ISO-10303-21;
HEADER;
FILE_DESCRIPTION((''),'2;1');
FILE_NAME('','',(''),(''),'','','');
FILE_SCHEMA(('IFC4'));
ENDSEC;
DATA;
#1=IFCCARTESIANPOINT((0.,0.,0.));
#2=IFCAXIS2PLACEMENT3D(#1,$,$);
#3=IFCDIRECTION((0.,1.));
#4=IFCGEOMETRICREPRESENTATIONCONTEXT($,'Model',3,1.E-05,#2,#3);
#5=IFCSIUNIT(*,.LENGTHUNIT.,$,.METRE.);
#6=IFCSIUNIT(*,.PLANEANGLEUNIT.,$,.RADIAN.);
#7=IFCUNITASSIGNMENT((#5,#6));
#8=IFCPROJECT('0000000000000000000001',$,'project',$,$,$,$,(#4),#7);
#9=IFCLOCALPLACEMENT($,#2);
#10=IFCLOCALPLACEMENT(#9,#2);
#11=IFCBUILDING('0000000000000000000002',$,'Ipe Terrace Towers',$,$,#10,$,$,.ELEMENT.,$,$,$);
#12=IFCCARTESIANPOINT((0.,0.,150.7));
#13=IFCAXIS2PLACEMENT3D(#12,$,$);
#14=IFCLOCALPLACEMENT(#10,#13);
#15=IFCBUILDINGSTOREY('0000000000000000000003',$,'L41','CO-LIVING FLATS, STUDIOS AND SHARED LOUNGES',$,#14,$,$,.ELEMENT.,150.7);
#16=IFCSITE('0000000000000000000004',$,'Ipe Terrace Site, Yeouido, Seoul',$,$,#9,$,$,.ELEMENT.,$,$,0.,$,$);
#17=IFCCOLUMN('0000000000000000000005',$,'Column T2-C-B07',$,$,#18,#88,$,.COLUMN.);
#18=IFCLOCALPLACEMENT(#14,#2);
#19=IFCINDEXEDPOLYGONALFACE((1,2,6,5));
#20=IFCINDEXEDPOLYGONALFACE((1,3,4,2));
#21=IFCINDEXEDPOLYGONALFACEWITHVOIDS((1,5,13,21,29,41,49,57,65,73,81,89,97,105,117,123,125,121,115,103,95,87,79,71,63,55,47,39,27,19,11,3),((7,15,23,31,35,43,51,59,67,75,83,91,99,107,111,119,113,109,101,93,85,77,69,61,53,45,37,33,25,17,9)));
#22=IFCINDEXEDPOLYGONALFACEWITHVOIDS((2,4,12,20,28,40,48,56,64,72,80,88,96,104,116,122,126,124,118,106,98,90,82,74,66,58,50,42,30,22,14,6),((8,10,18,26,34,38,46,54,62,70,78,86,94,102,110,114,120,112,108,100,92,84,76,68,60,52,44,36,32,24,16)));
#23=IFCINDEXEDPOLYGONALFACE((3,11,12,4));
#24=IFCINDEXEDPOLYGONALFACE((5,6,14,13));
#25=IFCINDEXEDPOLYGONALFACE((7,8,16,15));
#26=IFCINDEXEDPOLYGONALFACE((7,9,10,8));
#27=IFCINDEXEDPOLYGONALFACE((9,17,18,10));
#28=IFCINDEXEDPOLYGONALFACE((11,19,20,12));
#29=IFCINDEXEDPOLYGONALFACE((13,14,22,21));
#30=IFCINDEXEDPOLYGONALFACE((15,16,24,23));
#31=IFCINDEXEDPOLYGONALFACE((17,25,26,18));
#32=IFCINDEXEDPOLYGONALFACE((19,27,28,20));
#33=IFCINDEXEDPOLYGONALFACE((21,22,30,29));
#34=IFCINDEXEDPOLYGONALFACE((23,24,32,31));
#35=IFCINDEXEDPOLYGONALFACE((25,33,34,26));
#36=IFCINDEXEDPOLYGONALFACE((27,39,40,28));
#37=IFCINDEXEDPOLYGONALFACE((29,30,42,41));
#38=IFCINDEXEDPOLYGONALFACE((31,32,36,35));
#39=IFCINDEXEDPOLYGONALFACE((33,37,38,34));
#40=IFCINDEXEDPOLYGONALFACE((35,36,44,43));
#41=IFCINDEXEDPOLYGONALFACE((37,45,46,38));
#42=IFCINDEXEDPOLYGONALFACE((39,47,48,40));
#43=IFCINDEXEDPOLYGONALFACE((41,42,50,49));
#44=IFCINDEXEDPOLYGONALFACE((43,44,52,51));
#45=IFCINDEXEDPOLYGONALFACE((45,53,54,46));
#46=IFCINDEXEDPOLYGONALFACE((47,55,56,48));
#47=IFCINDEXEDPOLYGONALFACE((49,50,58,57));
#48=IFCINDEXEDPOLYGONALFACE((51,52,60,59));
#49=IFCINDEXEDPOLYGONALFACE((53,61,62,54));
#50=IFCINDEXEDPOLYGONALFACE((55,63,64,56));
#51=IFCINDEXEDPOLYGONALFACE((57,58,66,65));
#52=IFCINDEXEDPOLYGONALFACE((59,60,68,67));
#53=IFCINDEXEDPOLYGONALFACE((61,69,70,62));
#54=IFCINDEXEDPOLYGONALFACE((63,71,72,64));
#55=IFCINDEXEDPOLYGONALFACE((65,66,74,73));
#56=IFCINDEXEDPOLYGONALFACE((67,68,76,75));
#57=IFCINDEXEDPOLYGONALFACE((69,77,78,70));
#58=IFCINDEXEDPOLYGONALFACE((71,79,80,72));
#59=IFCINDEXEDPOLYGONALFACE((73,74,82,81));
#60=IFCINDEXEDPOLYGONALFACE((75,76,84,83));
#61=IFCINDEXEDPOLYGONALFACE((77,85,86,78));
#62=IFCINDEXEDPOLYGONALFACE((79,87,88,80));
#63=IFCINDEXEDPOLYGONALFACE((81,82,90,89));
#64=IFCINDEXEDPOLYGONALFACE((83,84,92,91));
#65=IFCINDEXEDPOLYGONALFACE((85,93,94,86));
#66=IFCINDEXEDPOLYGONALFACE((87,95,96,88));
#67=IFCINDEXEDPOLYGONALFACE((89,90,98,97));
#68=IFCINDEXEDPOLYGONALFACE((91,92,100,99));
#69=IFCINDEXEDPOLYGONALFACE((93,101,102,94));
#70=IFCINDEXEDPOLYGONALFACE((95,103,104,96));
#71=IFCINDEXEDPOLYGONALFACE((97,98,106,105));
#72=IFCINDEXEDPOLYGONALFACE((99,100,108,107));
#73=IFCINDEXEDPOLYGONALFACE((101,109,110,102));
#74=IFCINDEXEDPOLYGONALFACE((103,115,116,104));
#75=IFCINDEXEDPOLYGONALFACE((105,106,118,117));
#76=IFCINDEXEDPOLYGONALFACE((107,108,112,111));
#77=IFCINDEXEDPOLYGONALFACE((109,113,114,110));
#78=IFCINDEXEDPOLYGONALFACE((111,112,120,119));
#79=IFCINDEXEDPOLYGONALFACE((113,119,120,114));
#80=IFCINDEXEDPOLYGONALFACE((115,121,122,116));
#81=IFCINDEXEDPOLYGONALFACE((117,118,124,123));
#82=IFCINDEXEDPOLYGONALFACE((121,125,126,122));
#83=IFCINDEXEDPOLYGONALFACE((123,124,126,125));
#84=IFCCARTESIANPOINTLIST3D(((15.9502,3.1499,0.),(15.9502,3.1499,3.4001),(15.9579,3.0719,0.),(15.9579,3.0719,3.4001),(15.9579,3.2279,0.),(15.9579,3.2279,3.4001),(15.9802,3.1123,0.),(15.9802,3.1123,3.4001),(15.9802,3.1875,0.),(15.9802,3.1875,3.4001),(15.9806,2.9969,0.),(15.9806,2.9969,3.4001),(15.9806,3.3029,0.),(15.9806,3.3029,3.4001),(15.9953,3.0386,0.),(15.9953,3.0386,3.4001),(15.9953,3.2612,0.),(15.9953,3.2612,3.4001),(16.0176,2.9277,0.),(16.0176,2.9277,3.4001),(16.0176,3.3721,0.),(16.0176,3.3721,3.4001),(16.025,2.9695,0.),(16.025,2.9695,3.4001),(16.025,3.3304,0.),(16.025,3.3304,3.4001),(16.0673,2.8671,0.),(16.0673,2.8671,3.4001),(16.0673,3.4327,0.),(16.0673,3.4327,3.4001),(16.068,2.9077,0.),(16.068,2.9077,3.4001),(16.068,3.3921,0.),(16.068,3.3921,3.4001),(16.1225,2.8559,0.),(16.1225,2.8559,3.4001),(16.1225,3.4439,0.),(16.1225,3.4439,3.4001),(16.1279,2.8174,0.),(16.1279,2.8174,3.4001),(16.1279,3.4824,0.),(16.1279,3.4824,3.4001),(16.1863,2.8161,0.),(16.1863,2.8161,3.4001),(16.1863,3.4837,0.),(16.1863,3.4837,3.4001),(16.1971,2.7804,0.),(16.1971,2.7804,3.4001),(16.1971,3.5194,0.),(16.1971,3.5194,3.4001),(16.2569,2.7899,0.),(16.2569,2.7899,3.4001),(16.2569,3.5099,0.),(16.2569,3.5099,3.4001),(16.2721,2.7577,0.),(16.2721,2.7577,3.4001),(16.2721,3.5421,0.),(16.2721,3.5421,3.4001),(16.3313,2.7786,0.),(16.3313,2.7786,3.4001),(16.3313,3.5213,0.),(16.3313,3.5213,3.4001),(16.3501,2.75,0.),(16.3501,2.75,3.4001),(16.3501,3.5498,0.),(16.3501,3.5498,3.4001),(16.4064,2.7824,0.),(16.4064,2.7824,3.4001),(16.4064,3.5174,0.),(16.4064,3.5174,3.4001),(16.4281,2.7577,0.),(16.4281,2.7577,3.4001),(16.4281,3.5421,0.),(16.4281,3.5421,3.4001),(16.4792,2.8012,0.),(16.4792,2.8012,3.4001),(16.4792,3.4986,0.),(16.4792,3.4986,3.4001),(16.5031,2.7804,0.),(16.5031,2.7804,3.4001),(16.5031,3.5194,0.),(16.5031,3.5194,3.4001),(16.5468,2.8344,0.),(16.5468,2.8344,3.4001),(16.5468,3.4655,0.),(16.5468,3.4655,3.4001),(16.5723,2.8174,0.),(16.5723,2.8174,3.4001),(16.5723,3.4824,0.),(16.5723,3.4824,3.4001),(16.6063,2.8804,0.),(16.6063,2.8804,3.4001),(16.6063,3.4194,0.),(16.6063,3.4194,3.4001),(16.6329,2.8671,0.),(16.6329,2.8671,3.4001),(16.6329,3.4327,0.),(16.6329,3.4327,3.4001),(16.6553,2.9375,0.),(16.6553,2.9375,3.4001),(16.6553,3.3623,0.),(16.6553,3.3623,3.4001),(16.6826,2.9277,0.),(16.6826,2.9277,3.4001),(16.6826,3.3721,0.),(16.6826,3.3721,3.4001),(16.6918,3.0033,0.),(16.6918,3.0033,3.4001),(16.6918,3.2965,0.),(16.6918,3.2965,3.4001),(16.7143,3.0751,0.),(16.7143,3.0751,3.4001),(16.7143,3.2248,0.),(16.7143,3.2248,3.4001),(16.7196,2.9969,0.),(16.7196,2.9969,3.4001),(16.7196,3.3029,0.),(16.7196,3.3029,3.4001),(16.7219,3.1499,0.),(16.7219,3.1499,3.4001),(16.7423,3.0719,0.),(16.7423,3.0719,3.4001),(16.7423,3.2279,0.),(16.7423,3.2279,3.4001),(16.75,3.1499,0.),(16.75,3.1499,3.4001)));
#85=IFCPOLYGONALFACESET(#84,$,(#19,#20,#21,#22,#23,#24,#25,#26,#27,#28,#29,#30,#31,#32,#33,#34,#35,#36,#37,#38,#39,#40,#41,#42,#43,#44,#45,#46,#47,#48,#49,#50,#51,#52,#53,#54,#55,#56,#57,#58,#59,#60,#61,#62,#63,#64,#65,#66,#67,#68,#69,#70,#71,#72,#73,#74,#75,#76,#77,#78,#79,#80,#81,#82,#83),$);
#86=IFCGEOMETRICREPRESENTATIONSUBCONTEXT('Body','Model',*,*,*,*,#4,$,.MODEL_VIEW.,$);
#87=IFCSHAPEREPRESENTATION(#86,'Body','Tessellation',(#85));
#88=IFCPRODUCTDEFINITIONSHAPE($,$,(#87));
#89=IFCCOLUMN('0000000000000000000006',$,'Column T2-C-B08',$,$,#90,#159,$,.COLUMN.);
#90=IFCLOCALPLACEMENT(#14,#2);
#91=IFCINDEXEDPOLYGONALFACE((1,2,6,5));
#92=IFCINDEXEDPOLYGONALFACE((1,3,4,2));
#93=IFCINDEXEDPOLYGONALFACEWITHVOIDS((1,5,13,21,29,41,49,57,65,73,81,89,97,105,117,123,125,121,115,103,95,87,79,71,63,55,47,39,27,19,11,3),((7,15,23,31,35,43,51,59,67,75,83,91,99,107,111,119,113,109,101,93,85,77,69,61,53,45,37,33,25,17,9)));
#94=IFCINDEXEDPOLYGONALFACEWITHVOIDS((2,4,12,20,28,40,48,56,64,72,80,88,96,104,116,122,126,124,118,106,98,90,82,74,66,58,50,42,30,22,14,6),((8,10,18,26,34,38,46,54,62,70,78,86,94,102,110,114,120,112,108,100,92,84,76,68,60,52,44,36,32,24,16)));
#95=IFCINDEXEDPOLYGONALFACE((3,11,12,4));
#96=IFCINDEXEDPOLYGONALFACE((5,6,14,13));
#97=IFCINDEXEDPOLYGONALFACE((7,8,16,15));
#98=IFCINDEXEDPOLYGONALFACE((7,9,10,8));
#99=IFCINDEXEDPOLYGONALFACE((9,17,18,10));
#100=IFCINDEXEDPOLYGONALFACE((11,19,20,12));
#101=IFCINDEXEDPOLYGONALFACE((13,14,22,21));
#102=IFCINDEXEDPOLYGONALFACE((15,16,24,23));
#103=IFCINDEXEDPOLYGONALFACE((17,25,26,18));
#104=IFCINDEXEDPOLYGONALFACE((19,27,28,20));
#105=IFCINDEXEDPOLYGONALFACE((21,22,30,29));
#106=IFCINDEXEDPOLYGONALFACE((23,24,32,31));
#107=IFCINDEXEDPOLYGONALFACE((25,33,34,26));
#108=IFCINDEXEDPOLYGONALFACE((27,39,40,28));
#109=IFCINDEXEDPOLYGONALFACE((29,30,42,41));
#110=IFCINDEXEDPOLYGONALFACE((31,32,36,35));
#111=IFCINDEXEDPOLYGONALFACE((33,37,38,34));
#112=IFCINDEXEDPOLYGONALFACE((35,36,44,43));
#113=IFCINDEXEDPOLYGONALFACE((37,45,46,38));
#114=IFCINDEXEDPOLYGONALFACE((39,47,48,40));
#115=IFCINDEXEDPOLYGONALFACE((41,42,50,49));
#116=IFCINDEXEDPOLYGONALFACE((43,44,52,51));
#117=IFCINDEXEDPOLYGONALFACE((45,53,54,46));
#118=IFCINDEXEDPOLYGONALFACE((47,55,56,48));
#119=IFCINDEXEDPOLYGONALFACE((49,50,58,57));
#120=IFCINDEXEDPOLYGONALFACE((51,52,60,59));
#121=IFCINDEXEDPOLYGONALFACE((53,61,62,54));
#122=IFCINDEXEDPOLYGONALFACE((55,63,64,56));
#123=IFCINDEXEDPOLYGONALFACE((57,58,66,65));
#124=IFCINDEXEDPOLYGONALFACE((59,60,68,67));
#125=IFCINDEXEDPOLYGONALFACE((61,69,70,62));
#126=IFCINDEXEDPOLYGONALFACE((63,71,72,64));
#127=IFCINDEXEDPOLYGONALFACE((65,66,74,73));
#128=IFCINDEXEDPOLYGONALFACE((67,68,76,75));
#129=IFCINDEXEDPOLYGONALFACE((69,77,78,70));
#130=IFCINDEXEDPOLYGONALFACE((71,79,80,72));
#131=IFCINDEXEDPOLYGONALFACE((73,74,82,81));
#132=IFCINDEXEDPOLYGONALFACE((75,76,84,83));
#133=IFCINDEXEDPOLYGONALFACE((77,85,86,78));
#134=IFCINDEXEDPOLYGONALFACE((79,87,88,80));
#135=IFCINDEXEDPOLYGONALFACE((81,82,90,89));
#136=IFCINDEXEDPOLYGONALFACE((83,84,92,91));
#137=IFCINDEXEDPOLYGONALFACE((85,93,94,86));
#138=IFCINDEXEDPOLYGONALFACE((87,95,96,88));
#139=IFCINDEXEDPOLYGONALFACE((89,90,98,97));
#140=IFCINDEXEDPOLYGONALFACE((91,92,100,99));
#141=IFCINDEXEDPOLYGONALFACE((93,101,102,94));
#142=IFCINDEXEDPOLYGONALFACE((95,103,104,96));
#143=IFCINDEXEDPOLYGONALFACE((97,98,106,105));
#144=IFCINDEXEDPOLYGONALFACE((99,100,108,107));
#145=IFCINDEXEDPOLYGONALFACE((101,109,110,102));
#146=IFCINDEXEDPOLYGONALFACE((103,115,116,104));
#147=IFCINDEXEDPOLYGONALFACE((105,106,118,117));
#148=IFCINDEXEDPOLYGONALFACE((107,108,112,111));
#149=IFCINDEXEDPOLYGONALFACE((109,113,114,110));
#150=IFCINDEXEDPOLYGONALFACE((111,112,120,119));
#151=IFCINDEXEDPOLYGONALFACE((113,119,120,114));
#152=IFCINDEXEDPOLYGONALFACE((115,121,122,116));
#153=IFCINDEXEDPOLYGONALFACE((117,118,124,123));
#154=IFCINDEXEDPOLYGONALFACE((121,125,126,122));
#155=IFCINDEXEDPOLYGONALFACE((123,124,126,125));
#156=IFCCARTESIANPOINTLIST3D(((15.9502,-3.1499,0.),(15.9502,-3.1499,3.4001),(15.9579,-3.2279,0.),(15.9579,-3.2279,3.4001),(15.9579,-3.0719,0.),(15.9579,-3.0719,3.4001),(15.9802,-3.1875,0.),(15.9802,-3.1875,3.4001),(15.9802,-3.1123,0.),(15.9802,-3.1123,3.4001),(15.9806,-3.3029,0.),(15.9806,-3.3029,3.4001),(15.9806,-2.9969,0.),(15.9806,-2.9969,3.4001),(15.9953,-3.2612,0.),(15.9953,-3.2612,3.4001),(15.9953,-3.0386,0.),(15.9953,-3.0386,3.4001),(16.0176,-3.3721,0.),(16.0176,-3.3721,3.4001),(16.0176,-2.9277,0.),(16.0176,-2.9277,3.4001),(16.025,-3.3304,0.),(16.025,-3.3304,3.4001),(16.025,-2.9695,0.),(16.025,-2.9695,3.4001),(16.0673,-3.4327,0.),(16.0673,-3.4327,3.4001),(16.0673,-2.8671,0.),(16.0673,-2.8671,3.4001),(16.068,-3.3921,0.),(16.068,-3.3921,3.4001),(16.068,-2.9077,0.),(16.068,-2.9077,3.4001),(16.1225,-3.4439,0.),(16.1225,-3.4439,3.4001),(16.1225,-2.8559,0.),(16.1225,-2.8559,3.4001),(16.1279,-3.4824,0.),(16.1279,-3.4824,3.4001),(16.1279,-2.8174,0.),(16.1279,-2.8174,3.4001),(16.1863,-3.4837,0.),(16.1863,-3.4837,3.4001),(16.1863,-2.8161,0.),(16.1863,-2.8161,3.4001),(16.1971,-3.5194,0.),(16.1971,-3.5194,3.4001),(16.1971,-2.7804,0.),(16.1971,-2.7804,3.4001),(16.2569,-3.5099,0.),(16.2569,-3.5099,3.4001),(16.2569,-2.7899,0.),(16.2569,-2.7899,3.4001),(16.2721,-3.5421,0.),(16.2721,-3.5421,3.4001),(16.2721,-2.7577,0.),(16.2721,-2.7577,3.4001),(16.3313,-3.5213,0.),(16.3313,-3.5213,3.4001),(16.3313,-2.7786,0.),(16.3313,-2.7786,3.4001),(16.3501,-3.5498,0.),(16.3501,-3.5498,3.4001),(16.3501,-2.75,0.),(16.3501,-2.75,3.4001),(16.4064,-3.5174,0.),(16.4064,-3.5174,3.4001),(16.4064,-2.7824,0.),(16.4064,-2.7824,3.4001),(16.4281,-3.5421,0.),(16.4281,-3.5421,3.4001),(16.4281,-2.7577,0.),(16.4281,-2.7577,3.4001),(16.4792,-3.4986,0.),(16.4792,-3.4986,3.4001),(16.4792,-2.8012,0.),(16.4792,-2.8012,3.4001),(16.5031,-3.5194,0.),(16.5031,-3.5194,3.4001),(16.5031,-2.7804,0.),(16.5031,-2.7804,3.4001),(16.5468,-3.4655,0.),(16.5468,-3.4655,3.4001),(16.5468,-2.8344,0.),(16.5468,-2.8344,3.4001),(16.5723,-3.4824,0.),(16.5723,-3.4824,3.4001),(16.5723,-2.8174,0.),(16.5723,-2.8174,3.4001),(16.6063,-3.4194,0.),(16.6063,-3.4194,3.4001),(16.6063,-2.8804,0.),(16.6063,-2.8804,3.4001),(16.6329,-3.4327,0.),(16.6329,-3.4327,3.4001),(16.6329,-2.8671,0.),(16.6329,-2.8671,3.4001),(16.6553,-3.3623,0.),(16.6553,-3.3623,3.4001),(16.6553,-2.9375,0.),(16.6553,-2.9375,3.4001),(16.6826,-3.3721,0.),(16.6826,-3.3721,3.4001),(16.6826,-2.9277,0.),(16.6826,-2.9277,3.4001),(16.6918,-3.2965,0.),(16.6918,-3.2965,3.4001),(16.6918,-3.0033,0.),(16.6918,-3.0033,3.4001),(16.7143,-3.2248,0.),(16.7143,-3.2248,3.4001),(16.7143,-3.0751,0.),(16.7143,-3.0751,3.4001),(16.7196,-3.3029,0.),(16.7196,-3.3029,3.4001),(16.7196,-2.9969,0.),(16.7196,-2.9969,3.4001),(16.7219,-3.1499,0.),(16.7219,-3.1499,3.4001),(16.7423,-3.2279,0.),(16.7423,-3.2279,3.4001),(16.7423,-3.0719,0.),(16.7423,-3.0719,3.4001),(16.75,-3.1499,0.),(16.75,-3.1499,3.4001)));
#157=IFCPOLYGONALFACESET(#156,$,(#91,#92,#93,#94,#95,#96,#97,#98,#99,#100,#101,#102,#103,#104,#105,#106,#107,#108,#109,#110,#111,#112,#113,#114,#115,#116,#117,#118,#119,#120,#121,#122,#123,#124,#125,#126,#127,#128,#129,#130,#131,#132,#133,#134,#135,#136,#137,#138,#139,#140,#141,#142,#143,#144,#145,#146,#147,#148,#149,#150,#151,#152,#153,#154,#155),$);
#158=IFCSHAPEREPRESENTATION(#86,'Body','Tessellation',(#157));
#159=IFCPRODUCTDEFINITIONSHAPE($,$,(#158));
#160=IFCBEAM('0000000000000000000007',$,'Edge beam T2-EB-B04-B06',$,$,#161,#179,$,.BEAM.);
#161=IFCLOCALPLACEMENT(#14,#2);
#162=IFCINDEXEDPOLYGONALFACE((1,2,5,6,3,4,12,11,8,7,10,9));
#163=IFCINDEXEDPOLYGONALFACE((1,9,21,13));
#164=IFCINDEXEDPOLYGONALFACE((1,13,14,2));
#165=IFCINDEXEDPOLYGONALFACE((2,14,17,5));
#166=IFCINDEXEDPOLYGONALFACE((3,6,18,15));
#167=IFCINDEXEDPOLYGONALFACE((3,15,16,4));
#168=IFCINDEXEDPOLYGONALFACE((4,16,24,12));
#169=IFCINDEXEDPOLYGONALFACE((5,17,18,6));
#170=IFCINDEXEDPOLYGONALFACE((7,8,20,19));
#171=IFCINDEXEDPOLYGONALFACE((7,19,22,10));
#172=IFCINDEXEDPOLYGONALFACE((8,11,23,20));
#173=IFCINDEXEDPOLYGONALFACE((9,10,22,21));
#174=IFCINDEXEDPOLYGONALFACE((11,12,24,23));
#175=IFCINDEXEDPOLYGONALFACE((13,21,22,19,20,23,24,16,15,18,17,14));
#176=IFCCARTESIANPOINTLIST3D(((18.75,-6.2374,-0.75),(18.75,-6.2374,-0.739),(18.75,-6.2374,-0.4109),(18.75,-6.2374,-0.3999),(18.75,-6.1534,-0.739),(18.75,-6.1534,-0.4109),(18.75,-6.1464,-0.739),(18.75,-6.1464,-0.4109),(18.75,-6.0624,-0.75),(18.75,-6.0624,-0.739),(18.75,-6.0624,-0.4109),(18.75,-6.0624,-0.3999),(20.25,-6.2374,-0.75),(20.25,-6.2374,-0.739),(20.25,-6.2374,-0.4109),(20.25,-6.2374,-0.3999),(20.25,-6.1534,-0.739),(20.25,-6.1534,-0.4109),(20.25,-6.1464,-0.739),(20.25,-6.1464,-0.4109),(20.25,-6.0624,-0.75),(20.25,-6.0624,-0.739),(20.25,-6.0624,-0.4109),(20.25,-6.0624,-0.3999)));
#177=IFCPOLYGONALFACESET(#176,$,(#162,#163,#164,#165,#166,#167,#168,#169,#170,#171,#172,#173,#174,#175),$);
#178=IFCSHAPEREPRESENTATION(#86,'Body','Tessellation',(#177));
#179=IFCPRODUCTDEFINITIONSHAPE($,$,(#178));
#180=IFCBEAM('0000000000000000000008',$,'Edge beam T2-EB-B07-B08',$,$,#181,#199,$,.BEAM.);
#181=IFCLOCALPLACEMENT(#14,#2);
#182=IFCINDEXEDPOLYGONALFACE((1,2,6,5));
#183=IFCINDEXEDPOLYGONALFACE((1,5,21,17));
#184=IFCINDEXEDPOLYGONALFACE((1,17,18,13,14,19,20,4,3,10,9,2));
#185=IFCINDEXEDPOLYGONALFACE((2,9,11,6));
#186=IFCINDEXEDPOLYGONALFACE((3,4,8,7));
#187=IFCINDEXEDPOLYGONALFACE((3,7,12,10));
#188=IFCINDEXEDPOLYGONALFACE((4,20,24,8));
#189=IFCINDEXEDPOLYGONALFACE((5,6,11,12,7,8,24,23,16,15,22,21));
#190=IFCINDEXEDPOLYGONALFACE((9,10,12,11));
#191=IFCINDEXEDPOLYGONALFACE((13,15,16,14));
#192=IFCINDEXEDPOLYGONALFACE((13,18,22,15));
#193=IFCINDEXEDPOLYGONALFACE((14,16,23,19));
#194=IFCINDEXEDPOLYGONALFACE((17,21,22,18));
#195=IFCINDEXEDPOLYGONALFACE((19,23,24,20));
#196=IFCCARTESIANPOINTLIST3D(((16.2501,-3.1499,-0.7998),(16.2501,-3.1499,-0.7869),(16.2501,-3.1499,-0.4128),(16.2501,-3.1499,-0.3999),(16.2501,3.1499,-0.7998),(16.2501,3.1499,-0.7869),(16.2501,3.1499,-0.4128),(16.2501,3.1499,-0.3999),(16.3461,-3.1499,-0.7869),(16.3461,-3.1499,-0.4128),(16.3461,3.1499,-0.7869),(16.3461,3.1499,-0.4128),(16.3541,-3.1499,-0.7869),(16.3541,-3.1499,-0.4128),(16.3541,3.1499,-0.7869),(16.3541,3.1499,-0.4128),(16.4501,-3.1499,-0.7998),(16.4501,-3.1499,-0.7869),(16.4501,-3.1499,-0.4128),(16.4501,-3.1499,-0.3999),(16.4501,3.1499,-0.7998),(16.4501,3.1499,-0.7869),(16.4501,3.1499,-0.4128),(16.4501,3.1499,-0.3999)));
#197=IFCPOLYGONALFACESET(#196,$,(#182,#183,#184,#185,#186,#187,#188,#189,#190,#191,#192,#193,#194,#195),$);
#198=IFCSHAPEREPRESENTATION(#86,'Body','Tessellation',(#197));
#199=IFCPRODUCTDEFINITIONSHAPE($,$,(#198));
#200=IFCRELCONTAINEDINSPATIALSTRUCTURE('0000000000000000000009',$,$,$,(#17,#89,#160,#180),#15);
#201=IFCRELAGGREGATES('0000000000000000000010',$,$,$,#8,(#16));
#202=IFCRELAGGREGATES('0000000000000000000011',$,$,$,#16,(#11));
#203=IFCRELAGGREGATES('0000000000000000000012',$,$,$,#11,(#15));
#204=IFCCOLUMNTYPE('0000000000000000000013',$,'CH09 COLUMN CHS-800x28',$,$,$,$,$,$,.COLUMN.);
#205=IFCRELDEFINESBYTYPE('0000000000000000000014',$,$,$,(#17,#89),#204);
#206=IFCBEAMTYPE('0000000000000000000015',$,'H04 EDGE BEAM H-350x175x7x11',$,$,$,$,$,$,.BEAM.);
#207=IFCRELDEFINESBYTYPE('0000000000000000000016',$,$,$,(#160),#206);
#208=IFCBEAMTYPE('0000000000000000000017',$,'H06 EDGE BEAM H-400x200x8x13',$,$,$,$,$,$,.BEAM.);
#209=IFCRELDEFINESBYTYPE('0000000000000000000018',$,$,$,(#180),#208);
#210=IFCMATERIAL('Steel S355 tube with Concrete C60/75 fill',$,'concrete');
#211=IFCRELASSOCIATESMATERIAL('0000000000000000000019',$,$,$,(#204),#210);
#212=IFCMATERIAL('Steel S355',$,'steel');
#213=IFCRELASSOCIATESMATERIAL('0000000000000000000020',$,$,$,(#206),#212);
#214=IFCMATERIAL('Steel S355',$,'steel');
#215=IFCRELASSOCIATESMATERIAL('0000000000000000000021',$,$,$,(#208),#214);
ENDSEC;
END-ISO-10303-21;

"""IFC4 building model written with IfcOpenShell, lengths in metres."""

from ifc_helpers import new_model, si_unit, direction, frame, origin, origin_2d, place, context, subcontext, project, spatial, hollow_circle, i_section, extrude, material, material_profile, profile_set, type_object, element, save


model = new_model("IFC4")

# Units and contexts
model_context = context("Model", 3, precision=1e-05, world=origin(), true_north=direction((0.0, 1.0)))
body_context = subcontext(model_context, "Body", "Model", "MODEL_VIEW")
ifc_project = project(units=[si_unit("LENGTHUNIT", "METRE"), si_unit("PLANEANGLEUNIT", "RADIAN")], contexts=[model_context])

# Site, building, storey
site_placement = place(None, origin())
site = spatial("IfcSite", under=ifc_project, at=site_placement, Name="Ipe Terrace Site, Yeouido, Seoul", CompositionType="ELEMENT", RefElevation=0.0)
building_placement = place(site_placement, origin())
building = spatial("IfcBuilding", under=site, at=building_placement, Name="Ipe Terrace Towers", CompositionType="ELEMENT")
storey_placement = place(building_placement, frame((0.0, 0.0, 150.7)))
storey = spatial("IfcBuildingStorey", under=building, at=storey_placement, Name="L41", Description="CO-LIVING FLATS, STUDIOS AND SHARED LOUNGES", CompositionType="ELEMENT", Elevation=150.7)

# Columns
ifc_material_1 = material(Name="Steel S355 tube with Concrete C60/75 fill", Category="concrete")
ifc_material_profile_1 = material_profile(ifc_material_1, hollow_circle(Radius=0.3999, WallThickness=0.0281, at=origin_2d()), Name="CHS-800x28")
ifc_profile_set_1 = profile_set([ifc_material_profile_1], Name="Steel S355 tube with Concrete C60/75 fill")
column_type = type_object("IfcColumnType", Name="CH09 COLUMN CHS-800x28", PredefinedType="COLUMN", material=ifc_profile_set_1)
for number, where, z_axis, x_axis, name in (
    (1, (16.3501, 3.1499, 0.0), (0.0, 0.0, 1.0), (1.0, 0.0, 0.0), "Column T2-C-B07"),
    (2, (16.3501, -3.1499, 0.0), (0.0, 0.0, 1.0), (1.0, 0.0, 0.0), "Column T2-C-B08"),
):
    element("IfcColumn", number, at=place(storey_placement, frame(where, z_axis=z_axis, x_axis=x_axis)), inside=storey, type_object=column_type, Name=name, PredefinedType="COLUMN", context=body_context, shape_type="SweptSolid", body=[
        extrude(hollow_circle(Radius=0.3999, WallThickness=0.0281, at=origin_2d()), origin(), (0.0, 0.0, 1.0), 3.4001),
    ])

# Beams
ifc_material_2 = material(Name="Steel S355", Category="steel")
ifc_material_profile_2 = material_profile(ifc_material_2, i_section(OverallWidth=0.175, OverallDepth=0.3501, WebThickness=0.0071, FlangeThickness=0.011, at=origin_2d()), Name="H-350x175x7x11")
ifc_profile_set_2 = profile_set([ifc_material_profile_2], Name="Steel S355")
beam_type_1 = type_object("IfcBeamType", Name="H04 EDGE BEAM H-350x175x7x11", PredefinedType="BEAM", material=ifc_profile_set_2)
beam_1_placement = place(storey_placement, frame((20.25, -6.1499, -0.575), z_axis=(-1.0, 0.0, 0.0), x_axis=(0.0, -1.0, 0.0)))
element("IfcBeam", 3, at=beam_1_placement, inside=storey, type_object=beam_type_1, Name="Edge beam T2-EB-B04-B06", PredefinedType="BEAM", context=body_context, shape_type="SweptSolid", body=[
    extrude(i_section(OverallWidth=0.175, OverallDepth=0.3501, WebThickness=0.0071, FlangeThickness=0.011, at=origin_2d()), origin(), (0.0, 0.0, 1.0), 1.5),
])
ifc_material_3 = material(Name="Steel S355", Category="steel")
ifc_material_profile_3 = material_profile(ifc_material_3, i_section(OverallWidth=0.2, OverallDepth=0.3999, WebThickness=0.0081, FlangeThickness=0.0129, at=origin_2d()), Name="H-400x200x8x13")
ifc_profile_set_3 = profile_set([ifc_material_profile_3], Name="Steel S355")
beam_type_2 = type_object("IfcBeamType", Name="H06 EDGE BEAM H-400x200x8x13", PredefinedType="BEAM", material=ifc_profile_set_3)
beam_2_placement = place(storey_placement, frame((16.3501, 3.1499, -0.5999), z_axis=(0.0, -1.0, 0.0), x_axis=(1.0, 0.0, 0.0)))
element("IfcBeam", 4, at=beam_2_placement, inside=storey, type_object=beam_type_2, Name="Edge beam T2-EB-B07-B08", PredefinedType="BEAM", context=body_context, shape_type="SweptSolid", body=[
    extrude(i_section(OverallWidth=0.2, OverallDepth=0.3999, WebThickness=0.0081, FlangeThickness=0.0129, at=origin_2d()), origin(), (0.0, 0.0, 1.0), 6.2998),
])

save(model, "model.ifc")
